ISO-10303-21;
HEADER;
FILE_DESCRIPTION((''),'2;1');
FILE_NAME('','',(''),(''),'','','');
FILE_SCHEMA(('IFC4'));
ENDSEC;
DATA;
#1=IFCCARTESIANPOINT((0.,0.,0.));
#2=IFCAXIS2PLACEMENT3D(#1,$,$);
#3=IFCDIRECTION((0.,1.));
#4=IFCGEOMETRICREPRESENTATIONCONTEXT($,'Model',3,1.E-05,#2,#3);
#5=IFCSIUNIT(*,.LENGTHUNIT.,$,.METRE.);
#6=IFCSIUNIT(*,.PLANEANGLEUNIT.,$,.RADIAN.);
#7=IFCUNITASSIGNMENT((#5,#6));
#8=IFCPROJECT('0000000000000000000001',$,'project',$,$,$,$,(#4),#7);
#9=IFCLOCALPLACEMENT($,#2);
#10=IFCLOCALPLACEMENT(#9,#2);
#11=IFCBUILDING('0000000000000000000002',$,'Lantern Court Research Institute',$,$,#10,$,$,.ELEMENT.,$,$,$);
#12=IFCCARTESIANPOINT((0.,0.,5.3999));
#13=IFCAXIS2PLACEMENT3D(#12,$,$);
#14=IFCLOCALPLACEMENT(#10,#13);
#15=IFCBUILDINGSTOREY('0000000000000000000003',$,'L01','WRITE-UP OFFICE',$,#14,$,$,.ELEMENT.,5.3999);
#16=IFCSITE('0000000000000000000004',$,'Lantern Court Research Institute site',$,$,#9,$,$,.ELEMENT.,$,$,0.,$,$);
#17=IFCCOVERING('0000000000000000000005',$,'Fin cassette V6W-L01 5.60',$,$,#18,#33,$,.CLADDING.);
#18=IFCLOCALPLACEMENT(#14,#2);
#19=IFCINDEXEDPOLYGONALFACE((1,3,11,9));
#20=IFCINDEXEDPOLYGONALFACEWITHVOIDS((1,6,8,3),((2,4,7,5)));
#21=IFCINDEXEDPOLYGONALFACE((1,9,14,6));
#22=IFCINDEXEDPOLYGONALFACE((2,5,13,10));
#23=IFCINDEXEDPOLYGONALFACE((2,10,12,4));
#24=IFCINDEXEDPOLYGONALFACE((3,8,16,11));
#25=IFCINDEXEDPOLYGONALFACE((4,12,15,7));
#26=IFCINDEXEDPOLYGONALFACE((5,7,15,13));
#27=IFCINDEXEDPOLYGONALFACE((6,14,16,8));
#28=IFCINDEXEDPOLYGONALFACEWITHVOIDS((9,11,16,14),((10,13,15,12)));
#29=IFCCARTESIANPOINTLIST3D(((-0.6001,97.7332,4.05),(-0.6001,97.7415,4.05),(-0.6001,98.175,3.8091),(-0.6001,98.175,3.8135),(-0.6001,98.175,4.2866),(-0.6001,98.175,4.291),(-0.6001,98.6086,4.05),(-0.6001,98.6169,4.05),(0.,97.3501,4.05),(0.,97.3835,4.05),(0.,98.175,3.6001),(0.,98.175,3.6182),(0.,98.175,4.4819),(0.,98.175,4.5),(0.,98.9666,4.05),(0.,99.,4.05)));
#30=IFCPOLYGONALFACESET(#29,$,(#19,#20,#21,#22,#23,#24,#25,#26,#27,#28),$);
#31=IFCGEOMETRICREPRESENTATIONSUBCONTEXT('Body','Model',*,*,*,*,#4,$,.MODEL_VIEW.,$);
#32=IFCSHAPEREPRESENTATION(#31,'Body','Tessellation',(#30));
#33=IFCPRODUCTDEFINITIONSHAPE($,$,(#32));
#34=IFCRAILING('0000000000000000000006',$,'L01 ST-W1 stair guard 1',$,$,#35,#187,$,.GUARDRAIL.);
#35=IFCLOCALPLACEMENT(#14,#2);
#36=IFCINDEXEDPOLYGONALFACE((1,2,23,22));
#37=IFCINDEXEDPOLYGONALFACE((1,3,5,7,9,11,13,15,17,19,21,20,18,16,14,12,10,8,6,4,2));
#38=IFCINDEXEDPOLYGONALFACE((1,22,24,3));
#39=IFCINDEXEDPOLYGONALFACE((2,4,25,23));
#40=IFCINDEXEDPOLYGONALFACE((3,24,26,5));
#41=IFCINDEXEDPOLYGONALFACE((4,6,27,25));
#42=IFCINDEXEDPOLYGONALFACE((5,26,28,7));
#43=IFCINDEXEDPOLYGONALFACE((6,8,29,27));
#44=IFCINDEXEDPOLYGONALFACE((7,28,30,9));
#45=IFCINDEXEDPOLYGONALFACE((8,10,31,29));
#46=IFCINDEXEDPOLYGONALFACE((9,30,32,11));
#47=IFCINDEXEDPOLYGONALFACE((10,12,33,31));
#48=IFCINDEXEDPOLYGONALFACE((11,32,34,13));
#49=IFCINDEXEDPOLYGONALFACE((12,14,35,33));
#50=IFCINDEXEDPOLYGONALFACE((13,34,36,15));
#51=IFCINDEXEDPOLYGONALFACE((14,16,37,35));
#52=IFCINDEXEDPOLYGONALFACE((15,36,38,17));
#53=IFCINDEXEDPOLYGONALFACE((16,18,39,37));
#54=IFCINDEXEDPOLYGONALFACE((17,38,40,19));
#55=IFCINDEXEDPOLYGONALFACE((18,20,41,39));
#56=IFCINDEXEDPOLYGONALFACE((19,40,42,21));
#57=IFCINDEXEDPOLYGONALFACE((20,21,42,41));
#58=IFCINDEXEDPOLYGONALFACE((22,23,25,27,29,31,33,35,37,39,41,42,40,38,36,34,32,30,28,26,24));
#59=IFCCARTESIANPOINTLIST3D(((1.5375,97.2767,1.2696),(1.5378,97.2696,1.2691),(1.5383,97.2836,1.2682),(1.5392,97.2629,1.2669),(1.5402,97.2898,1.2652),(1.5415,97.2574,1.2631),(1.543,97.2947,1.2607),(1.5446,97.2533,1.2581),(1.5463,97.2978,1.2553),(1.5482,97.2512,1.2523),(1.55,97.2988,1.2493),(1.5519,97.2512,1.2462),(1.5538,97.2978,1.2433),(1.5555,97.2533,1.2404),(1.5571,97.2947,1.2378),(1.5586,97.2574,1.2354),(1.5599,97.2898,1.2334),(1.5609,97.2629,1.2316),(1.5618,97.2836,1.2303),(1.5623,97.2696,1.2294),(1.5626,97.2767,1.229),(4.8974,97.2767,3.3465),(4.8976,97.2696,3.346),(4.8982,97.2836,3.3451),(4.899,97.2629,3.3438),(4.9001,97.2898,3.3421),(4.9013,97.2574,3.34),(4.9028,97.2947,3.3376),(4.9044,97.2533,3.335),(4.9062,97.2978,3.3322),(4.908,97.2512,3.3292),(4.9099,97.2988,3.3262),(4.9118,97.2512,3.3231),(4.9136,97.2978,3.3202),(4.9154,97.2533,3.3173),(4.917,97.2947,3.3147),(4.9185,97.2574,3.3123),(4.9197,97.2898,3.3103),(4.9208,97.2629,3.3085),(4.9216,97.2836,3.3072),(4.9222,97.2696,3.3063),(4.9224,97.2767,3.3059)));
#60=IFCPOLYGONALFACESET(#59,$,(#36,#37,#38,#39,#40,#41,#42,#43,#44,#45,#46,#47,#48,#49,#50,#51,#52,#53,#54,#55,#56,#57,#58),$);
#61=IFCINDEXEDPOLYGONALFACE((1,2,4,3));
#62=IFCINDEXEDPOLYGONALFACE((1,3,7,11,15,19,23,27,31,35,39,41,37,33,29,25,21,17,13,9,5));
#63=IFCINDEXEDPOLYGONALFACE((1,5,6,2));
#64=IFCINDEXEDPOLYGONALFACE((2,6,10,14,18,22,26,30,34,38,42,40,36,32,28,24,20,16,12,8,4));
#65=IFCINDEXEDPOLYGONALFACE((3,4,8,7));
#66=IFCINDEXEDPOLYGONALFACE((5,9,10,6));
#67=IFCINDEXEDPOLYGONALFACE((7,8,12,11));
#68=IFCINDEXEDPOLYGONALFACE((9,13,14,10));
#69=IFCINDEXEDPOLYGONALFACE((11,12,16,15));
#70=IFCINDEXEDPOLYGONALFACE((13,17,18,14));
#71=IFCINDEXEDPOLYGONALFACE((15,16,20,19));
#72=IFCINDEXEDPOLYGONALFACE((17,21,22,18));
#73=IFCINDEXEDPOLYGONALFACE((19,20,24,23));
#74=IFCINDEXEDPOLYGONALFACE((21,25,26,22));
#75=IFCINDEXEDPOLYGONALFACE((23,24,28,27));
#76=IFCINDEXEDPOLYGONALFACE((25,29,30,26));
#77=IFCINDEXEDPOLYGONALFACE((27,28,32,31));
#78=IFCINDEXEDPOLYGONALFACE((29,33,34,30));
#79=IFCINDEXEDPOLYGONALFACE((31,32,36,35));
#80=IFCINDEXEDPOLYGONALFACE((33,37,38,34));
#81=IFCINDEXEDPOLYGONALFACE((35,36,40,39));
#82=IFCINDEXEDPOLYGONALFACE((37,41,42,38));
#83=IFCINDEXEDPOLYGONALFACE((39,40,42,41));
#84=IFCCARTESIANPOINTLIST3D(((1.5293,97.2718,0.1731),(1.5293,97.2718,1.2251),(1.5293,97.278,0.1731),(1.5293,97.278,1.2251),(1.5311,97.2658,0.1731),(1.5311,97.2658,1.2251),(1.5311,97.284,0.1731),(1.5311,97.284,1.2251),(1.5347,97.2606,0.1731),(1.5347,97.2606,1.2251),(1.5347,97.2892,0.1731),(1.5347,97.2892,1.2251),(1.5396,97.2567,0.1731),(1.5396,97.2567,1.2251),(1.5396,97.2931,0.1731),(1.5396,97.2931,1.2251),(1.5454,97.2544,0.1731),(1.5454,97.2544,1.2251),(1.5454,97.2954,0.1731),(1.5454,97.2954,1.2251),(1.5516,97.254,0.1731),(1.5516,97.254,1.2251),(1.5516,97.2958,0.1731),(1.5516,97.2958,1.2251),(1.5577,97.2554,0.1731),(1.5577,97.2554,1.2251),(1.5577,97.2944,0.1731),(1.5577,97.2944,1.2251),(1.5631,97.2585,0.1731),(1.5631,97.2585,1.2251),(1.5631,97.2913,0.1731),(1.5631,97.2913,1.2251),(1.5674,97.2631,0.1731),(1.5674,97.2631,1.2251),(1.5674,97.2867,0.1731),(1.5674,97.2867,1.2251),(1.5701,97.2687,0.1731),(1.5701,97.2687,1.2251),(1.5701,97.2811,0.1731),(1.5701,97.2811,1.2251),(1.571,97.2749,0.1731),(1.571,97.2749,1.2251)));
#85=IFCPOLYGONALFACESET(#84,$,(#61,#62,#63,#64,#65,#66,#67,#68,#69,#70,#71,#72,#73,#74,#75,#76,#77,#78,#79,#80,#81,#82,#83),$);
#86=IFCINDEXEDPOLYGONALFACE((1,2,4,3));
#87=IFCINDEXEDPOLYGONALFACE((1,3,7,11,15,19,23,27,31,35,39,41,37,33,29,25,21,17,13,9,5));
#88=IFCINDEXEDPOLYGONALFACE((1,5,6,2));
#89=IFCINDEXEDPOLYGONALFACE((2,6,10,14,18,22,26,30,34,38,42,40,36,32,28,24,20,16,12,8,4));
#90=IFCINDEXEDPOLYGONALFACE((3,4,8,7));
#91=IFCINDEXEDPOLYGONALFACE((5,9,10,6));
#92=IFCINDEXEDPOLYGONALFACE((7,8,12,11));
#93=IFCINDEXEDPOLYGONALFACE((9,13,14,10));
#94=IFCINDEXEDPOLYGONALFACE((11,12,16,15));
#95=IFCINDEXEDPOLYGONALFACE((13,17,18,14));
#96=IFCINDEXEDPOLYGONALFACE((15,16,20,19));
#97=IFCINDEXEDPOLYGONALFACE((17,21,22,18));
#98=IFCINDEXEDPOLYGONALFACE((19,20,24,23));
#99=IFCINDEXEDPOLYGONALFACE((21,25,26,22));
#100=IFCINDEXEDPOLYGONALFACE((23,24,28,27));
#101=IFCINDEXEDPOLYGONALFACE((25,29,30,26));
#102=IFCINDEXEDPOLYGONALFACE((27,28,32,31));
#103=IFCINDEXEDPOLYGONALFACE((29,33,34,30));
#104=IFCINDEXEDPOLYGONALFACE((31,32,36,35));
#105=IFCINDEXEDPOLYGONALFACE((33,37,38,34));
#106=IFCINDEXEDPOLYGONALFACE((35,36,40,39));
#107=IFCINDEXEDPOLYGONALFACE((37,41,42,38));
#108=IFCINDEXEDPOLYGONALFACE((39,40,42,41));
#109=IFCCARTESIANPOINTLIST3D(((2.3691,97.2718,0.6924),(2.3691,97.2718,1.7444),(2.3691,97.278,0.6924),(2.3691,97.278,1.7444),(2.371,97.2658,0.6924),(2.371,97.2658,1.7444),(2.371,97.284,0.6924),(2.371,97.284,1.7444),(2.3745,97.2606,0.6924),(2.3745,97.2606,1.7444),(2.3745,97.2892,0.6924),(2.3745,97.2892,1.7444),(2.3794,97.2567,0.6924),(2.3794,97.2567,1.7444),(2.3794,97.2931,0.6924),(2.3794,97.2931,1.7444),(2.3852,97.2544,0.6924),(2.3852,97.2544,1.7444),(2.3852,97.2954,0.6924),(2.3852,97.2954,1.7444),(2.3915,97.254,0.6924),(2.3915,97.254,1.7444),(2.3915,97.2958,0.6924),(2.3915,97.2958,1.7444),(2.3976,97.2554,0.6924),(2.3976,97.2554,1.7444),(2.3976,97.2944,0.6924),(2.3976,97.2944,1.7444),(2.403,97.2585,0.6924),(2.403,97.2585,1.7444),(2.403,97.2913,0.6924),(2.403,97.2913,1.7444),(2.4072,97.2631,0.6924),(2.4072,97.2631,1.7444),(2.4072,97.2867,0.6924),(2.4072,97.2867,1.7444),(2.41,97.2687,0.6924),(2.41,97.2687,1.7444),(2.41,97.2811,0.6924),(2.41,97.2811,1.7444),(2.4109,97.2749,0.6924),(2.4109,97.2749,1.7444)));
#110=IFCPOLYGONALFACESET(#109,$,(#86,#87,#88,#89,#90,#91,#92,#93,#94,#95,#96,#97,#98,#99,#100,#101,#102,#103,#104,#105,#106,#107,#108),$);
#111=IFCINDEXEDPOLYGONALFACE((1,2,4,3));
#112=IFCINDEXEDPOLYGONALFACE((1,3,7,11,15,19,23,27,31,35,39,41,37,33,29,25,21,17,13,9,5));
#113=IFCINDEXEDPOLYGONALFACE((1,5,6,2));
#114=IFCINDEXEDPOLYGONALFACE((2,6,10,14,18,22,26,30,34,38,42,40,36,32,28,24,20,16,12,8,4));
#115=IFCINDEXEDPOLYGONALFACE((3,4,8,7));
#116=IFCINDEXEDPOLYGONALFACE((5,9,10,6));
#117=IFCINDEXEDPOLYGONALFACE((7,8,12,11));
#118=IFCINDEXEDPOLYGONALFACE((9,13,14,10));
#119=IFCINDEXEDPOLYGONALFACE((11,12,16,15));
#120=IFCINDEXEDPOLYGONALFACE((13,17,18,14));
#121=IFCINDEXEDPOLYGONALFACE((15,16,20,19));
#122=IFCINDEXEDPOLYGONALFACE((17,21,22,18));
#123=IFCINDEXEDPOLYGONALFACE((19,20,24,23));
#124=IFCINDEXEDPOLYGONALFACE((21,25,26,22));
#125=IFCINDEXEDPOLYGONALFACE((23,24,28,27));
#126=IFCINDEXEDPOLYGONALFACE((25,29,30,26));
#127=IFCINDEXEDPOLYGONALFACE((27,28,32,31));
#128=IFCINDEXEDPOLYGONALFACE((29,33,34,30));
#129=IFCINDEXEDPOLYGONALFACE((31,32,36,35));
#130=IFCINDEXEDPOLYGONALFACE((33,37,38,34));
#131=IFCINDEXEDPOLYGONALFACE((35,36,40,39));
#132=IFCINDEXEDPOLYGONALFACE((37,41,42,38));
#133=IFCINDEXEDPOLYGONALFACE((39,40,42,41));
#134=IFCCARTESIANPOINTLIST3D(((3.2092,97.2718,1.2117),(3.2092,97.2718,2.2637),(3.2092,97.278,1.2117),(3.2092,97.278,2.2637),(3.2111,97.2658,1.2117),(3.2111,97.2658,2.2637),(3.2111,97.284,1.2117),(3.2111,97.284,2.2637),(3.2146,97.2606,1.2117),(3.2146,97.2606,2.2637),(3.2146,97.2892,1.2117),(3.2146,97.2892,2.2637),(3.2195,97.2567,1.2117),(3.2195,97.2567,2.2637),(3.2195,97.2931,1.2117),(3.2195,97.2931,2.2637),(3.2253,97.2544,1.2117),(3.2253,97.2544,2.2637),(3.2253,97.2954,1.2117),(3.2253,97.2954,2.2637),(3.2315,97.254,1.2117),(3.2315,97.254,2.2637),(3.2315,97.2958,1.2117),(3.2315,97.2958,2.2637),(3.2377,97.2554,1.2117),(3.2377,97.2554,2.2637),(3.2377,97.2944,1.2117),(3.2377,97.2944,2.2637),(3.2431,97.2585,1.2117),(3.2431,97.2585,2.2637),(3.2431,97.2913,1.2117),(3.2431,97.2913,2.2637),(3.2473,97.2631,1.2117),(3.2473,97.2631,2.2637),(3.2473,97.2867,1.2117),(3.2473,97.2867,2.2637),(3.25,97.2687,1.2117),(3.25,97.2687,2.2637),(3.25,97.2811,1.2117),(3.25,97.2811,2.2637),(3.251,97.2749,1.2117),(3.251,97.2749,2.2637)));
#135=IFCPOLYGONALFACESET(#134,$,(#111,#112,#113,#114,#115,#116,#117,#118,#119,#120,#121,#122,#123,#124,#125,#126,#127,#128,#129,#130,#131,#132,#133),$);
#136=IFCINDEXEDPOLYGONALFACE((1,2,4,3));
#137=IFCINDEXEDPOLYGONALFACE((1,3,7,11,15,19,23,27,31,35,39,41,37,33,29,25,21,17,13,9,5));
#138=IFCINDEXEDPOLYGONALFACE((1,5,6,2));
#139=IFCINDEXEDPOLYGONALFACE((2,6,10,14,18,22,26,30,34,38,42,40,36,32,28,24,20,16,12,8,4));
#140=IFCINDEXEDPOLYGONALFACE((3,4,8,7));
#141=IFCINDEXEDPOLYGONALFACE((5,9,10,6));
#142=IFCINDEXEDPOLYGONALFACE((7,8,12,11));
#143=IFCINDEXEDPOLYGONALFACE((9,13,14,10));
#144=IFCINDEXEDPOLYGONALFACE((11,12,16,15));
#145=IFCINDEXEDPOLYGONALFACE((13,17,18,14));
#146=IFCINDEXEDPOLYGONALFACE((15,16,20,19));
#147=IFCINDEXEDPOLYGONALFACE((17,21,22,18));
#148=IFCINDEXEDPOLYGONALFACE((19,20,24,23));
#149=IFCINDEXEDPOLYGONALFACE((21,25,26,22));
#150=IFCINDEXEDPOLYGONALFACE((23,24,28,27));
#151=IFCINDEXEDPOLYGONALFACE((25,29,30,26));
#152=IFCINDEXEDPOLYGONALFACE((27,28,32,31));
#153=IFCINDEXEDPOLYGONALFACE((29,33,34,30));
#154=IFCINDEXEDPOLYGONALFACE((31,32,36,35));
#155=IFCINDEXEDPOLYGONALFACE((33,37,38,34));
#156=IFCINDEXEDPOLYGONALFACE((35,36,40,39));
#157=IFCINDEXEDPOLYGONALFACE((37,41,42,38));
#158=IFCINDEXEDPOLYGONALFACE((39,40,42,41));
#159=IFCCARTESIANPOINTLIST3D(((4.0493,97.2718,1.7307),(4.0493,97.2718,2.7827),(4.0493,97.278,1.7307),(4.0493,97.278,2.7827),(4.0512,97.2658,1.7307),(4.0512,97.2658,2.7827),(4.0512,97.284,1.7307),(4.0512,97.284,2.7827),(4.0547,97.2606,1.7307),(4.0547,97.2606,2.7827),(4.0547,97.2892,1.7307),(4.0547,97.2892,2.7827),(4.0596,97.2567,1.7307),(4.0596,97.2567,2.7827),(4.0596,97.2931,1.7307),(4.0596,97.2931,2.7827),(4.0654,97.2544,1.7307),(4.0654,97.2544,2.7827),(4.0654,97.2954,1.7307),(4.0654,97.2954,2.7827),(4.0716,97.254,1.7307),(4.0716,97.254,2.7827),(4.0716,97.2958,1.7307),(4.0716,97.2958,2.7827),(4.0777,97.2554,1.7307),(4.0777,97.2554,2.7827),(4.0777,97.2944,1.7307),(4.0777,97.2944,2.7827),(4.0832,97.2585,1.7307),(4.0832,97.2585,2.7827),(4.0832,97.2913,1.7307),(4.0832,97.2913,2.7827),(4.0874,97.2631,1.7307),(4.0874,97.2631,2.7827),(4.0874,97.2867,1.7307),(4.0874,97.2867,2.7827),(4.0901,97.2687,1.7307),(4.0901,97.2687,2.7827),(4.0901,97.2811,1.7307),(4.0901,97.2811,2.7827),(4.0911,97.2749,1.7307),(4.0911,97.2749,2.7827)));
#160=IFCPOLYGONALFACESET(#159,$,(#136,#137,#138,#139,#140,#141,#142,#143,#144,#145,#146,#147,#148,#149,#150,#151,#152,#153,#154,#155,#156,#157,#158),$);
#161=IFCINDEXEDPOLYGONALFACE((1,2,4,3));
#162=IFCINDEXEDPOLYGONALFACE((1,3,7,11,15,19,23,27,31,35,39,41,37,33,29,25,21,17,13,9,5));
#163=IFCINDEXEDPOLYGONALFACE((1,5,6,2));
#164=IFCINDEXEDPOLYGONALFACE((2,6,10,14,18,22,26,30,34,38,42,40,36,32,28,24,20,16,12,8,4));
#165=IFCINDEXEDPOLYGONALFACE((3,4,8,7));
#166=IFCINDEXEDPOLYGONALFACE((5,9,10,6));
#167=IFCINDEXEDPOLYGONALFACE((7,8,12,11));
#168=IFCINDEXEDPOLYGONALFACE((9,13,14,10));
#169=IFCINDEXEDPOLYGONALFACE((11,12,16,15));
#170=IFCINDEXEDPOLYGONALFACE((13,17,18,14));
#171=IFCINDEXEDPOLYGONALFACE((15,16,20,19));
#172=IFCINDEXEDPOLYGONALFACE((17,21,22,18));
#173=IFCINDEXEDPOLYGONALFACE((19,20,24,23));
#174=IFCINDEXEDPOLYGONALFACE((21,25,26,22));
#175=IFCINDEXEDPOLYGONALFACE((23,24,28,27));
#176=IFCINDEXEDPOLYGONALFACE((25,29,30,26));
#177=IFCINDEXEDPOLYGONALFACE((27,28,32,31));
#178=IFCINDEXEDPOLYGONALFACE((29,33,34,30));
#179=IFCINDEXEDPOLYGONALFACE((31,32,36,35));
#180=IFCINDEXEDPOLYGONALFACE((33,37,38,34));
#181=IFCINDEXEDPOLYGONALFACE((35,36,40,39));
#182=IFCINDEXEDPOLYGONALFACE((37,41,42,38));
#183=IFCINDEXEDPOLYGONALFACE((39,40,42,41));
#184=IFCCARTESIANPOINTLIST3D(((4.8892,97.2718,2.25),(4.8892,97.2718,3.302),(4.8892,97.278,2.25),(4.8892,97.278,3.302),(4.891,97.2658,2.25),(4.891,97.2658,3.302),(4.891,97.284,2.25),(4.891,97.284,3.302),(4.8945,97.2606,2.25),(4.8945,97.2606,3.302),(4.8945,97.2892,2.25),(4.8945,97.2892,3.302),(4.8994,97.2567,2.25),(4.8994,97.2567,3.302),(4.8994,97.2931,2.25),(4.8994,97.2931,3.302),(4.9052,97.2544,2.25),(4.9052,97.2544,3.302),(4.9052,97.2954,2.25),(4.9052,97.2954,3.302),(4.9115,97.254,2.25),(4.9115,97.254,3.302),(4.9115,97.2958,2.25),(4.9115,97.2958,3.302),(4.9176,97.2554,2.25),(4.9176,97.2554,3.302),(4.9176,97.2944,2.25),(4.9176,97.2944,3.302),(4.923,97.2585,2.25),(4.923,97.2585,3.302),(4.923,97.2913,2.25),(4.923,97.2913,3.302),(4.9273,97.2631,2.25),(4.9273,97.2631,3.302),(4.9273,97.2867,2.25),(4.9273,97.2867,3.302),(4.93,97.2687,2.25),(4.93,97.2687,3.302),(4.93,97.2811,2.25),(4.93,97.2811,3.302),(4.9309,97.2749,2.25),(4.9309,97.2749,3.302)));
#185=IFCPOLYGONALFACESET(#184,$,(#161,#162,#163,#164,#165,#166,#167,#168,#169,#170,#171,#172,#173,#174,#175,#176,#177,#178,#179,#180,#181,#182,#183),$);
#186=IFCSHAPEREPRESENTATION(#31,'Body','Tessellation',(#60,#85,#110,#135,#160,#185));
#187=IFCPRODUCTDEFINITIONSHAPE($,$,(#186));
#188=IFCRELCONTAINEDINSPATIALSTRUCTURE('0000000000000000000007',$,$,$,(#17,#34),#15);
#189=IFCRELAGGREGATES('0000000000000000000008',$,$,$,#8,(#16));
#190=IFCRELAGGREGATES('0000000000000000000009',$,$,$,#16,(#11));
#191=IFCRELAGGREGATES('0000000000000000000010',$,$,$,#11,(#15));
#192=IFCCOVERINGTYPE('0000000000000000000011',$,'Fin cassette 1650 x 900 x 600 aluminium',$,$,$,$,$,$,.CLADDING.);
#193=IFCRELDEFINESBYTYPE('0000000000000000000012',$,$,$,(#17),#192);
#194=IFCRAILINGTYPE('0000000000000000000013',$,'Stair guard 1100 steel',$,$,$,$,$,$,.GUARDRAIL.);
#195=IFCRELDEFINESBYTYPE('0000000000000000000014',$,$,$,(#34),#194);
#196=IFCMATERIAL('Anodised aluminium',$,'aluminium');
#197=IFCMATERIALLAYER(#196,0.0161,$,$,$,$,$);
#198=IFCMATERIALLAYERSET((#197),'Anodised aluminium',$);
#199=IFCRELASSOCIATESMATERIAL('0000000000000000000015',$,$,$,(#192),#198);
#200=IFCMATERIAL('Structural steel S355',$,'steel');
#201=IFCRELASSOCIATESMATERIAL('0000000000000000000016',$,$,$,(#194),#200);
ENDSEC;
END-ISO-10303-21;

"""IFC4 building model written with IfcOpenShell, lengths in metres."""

from ifc_helpers import new_model, entity, si_unit, direction, frame, origin, origin_2d, place, context, subcontext, project, spatial, circle, extrude, material, layer, layer_set, type_object, element, save


model = new_model("IFC4")

# Units and contexts
model_context = context("Model", 3, precision=1e-05, world=origin(), true_north=direction((0.0, 1.0)))
body_context = subcontext(model_context, "Body", "Model", "MODEL_VIEW")
ifc_project = project(units=[si_unit("LENGTHUNIT", "METRE"), si_unit("PLANEANGLEUNIT", "RADIAN")], contexts=[model_context])

# Site, building, storey
site_placement = place(None, origin())
site = spatial("IfcSite", under=ifc_project, at=site_placement, Name="Lantern Court Research Institute site", CompositionType="ELEMENT", RefElevation=0.0)
building_placement = place(site_placement, origin())
building = spatial("IfcBuilding", under=site, at=building_placement, Name="Lantern Court Research Institute", CompositionType="ELEMENT")
storey_placement = place(building_placement, frame((0.0, 0.0, 5.3999)))
storey = spatial("IfcBuildingStorey", under=building, at=storey_placement, Name="L01", Description="WRITE-UP OFFICE", CompositionType="ELEMENT", Elevation=5.3999)

# Covering
ifc_material_1 = material(Name="Anodised aluminium", Category="aluminium")
ifc_layer_1 = layer(ifc_material_1, 0.0161)
ifc_layer_set_1 = layer_set([ifc_layer_1], Name="Anodised aluminium")
covering_type = type_object("IfcCoveringType", Name="Fin cassette 1650 x 900 x 600 aluminium", PredefinedType="CLADDING", material=ifc_layer_set_1)
covering_1_placement = place(storey_placement, frame((0.0, 98.175, 4.05), z_axis=(-1.0, 0.0, 0.0), x_axis=(0.0, -1.0, 0.0)))
cartesian_point_1 = entity("IfcCartesianPoint", [0.825, 0.0])
cartesian_point_2 = entity("IfcCartesianPoint", [0.7915, 0.0])
cartesian_point_3 = entity("IfcCartesianPoint", [0.4419, 0.0])
cartesian_point_4 = entity("IfcCartesianPoint", [0.4336, 0.0])
element("IfcCovering", 1, at=covering_1_placement, inside=storey, type_object=covering_type, Name="Fin cassette V6W-L01 5.60", PredefinedType="CLADDING", context=body_context, shape_type="SweptSolid", body=[
    entity("IfcExtrudedAreaSolidTapered", entity("IfcArbitraryProfileDefWithVoids", "AREA", None, entity("IfcPolyline", [cartesian_point_1, entity("IfcCartesianPoint", [0.0, 0.45]), entity("IfcCartesianPoint", [-0.825, 0.0]), entity("IfcCartesianPoint", [0.0, -0.45]), cartesian_point_1]), [entity("IfcPolyline", [cartesian_point_2, entity("IfcCartesianPoint", [0.0, 0.4319]), entity("IfcCartesianPoint", [-0.7915, 0.0]), entity("IfcCartesianPoint", [0.0, -0.4319]), cartesian_point_2])]), entity("IfcAxis2Placement3D", entity("IfcCartesianPoint", [0.0, 0.0, 0.0])), entity("IfcDirection", [0.0, 0.0, 1.0]), 0.6001, entity("IfcArbitraryProfileDefWithVoids", "AREA", None, entity("IfcPolyline", [cartesian_point_3, entity("IfcCartesianPoint", [0.0, 0.241]), entity("IfcCartesianPoint", [-0.4419, 0.0]), entity("IfcCartesianPoint", [0.0, -0.241]), cartesian_point_3]), [entity("IfcPolyline", [cartesian_point_4, entity("IfcCartesianPoint", [0.0, 0.2366]), entity("IfcCartesianPoint", [-0.4336, 0.0]), entity("IfcCartesianPoint", [0.0, -0.2366]), cartesian_point_4])])),
])

# Railing
ifc_material_2 = material(Name="Structural steel S355", Category="steel")
railing_type_1 = type_object("IfcRailingType", Name="Stair guard 1100 steel", PredefinedType="GUARDRAIL", material=ifc_material_2)
railing_1_placement = place(storey_placement, frame((1.55, 97.2749, 0.1731)))
element("IfcRailing", 2, at=railing_1_placement, inside=storey, type_object=railing_type_1, Name="L01 ST-W1 stair guard 1", PredefinedType="GUARDRAIL", context=body_context, shape_type="SweptSolid", body=[
    extrude(circle(Radius=0.0239, at=origin_2d()), frame((0.0, 0.0, 1.0762), z_axis=(0.850606, 0.0, 0.525803), x_axis=(0.0, 1.0, 0.0)), (0.0, 0.0, 1.0), 3.95),
    extrude(circle(Radius=0.021, at=origin_2d()), origin(), (0.0, 0.0, 1.0), 1.052),
    extrude(circle(Radius=0.021, at=origin_2d()), frame((0.8398, 0.0, 0.5193)), (0.0, 0.0, 1.0), 1.052),
    extrude(circle(Radius=0.021, at=origin_2d()), frame((1.6799, 0.0, 1.0386)), (0.0, 0.0, 1.0), 1.052),
    extrude(circle(Radius=0.021, at=origin_2d()), frame((2.52, 0.0, 1.5576)), (0.0, 0.0, 1.0), 1.052),
    extrude(circle(Radius=0.021, at=origin_2d()), frame((3.3599, 0.0, 2.0769)), (0.0, 0.0, 1.0), 1.052),
])

save(model, "model.ifc")
